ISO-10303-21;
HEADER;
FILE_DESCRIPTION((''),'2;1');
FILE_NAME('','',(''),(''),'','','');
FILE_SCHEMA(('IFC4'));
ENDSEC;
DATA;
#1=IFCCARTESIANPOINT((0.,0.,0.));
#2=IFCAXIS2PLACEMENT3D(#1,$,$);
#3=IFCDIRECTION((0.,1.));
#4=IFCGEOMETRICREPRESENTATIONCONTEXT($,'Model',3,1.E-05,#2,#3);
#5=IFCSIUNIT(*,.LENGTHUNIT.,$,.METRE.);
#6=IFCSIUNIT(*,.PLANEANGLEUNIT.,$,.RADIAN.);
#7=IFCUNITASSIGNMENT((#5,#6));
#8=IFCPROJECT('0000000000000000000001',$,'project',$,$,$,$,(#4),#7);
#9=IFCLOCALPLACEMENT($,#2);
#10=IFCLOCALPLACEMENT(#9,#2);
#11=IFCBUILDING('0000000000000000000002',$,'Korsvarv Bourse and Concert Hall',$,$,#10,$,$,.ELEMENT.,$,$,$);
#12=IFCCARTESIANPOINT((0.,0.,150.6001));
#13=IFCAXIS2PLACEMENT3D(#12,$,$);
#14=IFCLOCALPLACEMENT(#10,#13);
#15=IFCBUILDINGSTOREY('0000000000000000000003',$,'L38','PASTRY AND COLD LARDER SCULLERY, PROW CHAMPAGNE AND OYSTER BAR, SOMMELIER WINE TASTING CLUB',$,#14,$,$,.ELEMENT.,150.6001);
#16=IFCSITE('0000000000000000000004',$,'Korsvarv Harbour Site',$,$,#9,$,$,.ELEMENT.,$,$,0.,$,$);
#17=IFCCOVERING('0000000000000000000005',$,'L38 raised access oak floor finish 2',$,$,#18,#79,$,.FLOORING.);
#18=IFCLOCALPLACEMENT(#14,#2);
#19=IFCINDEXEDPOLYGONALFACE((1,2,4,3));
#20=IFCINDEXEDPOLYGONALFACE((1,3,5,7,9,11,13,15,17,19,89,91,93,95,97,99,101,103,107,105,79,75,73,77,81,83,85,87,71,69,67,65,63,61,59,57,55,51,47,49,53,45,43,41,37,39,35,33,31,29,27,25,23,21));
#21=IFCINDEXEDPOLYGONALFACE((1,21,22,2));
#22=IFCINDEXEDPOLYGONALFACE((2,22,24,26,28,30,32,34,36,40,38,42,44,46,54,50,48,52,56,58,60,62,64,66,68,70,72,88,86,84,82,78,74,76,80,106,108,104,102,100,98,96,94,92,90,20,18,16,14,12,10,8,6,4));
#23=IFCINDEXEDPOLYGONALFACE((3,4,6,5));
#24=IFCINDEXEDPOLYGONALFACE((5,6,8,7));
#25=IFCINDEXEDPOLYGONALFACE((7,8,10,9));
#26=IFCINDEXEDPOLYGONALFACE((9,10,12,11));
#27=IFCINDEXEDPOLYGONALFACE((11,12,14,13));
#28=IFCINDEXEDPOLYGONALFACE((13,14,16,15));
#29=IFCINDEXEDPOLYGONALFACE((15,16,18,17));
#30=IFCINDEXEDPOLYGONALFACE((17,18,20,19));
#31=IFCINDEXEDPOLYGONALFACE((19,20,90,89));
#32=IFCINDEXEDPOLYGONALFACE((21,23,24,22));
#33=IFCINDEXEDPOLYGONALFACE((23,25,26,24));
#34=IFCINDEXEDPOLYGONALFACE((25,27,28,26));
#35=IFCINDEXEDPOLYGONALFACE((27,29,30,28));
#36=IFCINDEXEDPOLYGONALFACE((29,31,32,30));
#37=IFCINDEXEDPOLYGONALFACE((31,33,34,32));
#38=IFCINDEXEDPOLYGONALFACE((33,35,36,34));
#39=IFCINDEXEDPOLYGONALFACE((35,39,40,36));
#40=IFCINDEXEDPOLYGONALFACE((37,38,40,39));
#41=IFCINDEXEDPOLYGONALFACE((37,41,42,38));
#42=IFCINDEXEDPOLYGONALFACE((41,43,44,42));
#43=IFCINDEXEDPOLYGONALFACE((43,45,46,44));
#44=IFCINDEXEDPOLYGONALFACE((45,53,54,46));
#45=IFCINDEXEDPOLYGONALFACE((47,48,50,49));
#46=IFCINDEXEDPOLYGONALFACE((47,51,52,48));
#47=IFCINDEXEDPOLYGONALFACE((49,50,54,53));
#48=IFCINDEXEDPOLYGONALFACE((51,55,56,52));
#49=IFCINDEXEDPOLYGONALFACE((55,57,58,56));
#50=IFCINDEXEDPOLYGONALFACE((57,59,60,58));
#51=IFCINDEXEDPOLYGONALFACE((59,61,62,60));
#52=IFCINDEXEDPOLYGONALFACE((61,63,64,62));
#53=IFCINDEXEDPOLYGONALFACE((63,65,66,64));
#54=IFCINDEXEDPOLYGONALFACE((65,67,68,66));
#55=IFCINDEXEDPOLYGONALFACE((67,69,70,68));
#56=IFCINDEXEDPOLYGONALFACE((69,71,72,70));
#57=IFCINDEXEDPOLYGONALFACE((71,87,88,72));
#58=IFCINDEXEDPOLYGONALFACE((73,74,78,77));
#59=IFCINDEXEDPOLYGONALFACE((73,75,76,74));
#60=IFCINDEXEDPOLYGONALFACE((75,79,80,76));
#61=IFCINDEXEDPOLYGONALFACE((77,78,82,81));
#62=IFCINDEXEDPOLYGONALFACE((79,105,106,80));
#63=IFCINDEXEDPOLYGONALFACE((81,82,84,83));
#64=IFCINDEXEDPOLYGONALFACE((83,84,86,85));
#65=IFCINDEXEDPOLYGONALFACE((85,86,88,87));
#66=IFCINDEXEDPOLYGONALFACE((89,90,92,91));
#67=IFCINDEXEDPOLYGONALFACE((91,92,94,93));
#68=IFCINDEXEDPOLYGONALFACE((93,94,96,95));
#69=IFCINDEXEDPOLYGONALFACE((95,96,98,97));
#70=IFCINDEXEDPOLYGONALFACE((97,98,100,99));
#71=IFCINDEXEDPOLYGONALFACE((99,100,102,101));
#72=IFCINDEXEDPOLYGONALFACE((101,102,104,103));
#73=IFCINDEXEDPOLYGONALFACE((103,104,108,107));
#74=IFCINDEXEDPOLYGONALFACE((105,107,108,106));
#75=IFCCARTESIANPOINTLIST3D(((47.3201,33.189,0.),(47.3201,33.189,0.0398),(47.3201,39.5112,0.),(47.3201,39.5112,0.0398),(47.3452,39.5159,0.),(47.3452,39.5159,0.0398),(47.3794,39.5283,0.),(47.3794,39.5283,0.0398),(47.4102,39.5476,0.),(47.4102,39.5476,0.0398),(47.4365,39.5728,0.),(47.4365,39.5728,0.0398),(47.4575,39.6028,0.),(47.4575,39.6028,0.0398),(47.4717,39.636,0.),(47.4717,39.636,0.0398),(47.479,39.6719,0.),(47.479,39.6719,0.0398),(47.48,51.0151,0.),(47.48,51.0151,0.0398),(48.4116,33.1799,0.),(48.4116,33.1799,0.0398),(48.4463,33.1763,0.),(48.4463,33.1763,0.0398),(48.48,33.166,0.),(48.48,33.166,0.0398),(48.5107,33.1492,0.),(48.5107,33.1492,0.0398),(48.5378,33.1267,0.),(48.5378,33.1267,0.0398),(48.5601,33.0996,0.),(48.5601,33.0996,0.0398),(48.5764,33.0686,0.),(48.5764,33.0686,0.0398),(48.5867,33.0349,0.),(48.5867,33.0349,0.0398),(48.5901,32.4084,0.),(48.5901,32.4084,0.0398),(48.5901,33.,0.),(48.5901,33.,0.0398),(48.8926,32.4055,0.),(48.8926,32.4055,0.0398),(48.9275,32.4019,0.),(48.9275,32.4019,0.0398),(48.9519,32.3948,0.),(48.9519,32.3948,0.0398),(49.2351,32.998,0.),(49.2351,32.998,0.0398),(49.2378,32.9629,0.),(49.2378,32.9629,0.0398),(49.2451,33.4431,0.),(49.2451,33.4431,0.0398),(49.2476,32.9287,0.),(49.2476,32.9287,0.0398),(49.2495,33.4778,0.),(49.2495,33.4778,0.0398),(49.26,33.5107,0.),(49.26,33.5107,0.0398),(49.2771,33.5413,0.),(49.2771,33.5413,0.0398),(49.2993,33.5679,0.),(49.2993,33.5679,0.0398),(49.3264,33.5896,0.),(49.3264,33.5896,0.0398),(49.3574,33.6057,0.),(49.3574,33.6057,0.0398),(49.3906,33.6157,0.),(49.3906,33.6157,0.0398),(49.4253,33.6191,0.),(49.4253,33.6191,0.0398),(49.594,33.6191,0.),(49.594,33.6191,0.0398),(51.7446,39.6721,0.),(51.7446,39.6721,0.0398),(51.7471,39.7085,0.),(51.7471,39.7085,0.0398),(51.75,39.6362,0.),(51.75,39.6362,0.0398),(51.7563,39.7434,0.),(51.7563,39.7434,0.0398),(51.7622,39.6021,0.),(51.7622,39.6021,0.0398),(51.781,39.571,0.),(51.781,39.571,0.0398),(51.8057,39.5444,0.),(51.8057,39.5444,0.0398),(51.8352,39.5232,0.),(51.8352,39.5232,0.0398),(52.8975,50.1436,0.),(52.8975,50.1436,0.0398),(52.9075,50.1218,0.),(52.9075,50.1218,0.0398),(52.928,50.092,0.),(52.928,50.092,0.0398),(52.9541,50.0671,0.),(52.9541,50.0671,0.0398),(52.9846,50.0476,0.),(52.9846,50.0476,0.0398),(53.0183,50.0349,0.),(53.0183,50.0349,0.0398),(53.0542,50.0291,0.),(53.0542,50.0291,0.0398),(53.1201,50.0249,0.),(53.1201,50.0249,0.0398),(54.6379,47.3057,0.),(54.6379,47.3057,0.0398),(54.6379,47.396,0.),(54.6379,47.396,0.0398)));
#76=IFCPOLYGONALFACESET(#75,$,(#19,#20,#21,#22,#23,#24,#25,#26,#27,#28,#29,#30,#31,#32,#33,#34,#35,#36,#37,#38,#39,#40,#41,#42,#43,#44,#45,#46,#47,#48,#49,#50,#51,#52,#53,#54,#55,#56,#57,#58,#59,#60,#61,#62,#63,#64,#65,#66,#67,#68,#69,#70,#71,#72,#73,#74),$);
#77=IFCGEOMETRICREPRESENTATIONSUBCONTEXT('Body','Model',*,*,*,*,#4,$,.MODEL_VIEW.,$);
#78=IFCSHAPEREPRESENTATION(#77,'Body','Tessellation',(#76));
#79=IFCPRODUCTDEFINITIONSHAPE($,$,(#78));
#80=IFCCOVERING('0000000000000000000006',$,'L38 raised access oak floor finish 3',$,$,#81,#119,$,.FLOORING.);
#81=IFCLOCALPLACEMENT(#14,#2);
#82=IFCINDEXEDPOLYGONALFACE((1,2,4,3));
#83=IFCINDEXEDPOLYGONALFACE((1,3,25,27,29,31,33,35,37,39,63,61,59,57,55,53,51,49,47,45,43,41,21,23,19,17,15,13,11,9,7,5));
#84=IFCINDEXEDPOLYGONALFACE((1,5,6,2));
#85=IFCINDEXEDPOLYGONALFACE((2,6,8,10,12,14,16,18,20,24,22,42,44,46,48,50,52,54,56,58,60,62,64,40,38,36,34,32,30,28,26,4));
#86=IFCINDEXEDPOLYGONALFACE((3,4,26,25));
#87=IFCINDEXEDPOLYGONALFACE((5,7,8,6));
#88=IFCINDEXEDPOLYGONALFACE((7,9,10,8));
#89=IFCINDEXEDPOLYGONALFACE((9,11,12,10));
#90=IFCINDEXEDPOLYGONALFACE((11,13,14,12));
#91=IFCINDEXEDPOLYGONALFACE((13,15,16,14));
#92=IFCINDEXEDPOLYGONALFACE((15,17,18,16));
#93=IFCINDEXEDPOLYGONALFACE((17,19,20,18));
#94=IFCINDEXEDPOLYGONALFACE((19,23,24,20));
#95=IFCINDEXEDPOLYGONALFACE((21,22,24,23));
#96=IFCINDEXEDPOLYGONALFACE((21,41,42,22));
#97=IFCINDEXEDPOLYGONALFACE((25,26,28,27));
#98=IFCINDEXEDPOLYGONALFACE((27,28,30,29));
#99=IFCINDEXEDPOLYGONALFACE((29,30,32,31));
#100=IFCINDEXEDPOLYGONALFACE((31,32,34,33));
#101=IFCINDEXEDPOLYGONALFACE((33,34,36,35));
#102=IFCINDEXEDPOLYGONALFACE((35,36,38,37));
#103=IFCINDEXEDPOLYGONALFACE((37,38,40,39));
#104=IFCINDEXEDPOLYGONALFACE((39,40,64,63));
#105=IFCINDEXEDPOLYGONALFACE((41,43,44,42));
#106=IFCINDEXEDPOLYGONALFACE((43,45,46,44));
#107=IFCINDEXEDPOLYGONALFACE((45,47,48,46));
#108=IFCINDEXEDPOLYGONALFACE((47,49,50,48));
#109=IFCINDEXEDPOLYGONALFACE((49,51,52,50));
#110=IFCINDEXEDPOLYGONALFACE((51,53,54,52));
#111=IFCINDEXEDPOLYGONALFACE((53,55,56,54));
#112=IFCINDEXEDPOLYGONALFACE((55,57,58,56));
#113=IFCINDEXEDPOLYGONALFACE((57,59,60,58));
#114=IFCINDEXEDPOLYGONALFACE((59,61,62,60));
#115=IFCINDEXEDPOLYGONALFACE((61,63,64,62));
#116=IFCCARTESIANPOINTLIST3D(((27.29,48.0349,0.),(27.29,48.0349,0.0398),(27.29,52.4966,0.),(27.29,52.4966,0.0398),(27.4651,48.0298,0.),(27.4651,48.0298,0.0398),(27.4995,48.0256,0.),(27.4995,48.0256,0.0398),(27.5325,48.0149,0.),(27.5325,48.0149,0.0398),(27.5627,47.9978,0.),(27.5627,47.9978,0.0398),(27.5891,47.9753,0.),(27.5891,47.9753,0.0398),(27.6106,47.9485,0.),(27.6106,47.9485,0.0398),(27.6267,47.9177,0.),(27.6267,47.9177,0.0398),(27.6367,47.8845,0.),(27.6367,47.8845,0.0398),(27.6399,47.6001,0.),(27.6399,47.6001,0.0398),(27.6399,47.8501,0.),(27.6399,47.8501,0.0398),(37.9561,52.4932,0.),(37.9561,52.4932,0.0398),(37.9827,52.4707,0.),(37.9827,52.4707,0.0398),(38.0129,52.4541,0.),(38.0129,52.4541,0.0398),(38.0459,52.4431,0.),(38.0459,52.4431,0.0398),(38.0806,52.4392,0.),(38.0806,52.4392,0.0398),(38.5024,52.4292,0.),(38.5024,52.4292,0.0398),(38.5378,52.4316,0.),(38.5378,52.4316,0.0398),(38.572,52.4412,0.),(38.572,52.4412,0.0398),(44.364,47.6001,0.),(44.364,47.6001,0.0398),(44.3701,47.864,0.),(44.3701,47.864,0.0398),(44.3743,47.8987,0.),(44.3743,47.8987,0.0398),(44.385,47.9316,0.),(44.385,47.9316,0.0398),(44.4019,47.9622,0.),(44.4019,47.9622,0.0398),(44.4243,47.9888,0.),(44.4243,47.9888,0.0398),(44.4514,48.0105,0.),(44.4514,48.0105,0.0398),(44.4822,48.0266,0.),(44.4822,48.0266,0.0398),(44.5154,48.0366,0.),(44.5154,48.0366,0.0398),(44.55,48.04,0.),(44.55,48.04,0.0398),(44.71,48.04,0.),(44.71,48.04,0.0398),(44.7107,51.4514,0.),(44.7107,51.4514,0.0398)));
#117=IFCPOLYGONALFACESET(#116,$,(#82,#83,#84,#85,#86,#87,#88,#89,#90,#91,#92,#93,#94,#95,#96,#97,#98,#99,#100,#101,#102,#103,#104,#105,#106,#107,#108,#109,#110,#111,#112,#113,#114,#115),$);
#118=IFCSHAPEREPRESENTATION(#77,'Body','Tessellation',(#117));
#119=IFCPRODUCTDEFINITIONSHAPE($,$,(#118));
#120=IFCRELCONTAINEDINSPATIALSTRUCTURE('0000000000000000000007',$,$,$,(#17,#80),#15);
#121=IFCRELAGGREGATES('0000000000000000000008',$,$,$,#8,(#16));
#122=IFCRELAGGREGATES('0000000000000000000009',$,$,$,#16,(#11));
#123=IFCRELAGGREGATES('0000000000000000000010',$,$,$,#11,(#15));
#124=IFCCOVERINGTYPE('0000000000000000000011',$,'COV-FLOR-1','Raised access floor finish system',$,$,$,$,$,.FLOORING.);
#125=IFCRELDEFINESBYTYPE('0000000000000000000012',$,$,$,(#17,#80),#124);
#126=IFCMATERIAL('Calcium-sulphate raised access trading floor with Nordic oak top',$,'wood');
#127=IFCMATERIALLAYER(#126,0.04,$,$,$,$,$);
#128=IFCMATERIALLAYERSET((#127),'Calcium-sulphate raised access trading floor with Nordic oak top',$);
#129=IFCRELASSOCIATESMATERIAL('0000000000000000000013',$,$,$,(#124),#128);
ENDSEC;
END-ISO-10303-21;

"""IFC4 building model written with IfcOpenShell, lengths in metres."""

from ifc_helpers import new_model, si_unit, direction, frame, origin, place, context, subcontext, project, spatial, polyline, outline, extrude, material, layer, layer_set, type_object, element, save


model = new_model("IFC4")

# Units and contexts
model_context = context("Model", 3, precision=1e-05, world=origin(), true_north=direction((0.0, 1.0)))
body_context = subcontext(model_context, "Body", "Model", "MODEL_VIEW")
ifc_project = project(units=[si_unit("LENGTHUNIT", "METRE"), si_unit("PLANEANGLEUNIT", "RADIAN")], contexts=[model_context])

# Site, building, storey
site_placement = place(None, origin())
site = spatial("IfcSite", under=ifc_project, at=site_placement, Name="Korsvarv Harbour Site", CompositionType="ELEMENT", RefElevation=0.0)
building_placement = place(site_placement, origin())
building = spatial("IfcBuilding", under=site, at=building_placement, Name="Korsvarv Bourse and Concert Hall", CompositionType="ELEMENT")
storey_placement = place(building_placement, frame((0.0, 0.0, 150.6001)))
storey = spatial("IfcBuildingStorey", under=building, at=storey_placement, Name="L38", Description="PASTRY AND COLD LARDER SCULLERY, PROW CHAMPAGNE AND OYSTER BAR, SOMMELIER WINE TASTING CLUB", CompositionType="ELEMENT", Elevation=150.6001)

# Coverings
ifc_material_1 = material(Name="Calcium-sulphate raised access trading floor with Nordic oak top", Category="wood")
ifc_layer_1 = layer(ifc_material_1, 0.04)
ifc_layer_set_1 = layer_set([ifc_layer_1], Name="Calcium-sulphate raised access trading floor with Nordic oak top")
covering_type_1 = type_object("IfcCoveringType", Name="COV-FLOR-1", Description="Raised access floor finish system", PredefinedType="FLOORING", material=ifc_layer_set_1)
covering_1_placement = place(storey_placement, origin())
element("IfcCovering", 1, at=covering_1_placement, inside=storey, type_object=covering_type_1, Name="L38 raised access oak floor finish 2", PredefinedType="FLOORING", context=body_context, shape_type="SweptSolid", body=[
    extrude(outline(polyline([(47.3201, 39.5112), (47.3452, 39.5159), (47.3794, 39.5283), (47.4102, 39.5476), (47.4365, 39.5728), (47.4575, 39.6028), (47.4717, 39.636), (47.479, 39.6719), (47.48, 51.0151), (52.8975, 50.1436), (52.9075, 50.1218), (52.928, 50.092), (52.9541, 50.0671), (52.9846, 50.0476), (53.0183, 50.0349), (53.0542, 50.0291), (53.1201, 50.0249), (54.6379, 47.396), (54.6379, 47.3057), (51.7563, 39.7434), (51.7471, 39.7085), (51.7446, 39.6721), (51.75, 39.6362), (51.7622, 39.6021), (51.781, 39.571), (51.8057, 39.5444), (51.8352, 39.5232), (49.594, 33.6191), (49.4253, 33.6191), (49.3906, 33.6157), (49.3574, 33.6057), (49.3264, 33.5896), (49.2993, 33.5679), (49.2771, 33.5413), (49.26, 33.5107), (49.2495, 33.4778), (49.2451, 33.4431), (49.2351, 32.998), (49.2378, 32.9629), (49.2476, 32.9287), (48.9519, 32.3948), (48.9275, 32.4019), (48.8926, 32.4055), (48.5901, 32.4084), (48.5901, 33.0), (48.5867, 33.0349), (48.5764, 33.0686), (48.5601, 33.0996), (48.5378, 33.1267), (48.5107, 33.1492), (48.48, 33.166), (48.4463, 33.1763), (48.4116, 33.1799), (47.3201, 33.189), (47.3201, 39.5112)])), origin(), (0.0, 0.0, 1.0), 0.0398),
])
covering_2_placement = place(storey_placement, origin())
element("IfcCovering", 2, at=covering_2_placement, inside=storey, type_object=covering_type_1, Name="L38 raised access oak floor finish 3", PredefinedType="FLOORING", context=body_context, shape_type="SweptSolid", body=[
    extrude(outline(polyline([(37.9561, 52.4932), (37.9827, 52.4707), (38.0129, 52.4541), (38.0459, 52.4431), (38.0806, 52.4392), (38.5024, 52.4292), (38.5378, 52.4316), (38.572, 52.4412), (44.7107, 51.4514), (44.71, 48.04), (44.55, 48.04), (44.5154, 48.0366), (44.4822, 48.0266), (44.4514, 48.0105), (44.4243, 47.9888), (44.4019, 47.9622), (44.385, 47.9316), (44.3743, 47.8987), (44.3701, 47.864), (44.364, 47.6001), (27.6399, 47.6001), (27.6399, 47.8501), (27.6367, 47.8845), (27.6267, 47.9177), (27.6106, 47.9485), (27.5891, 47.9753), (27.5627, 47.9978), (27.5325, 48.0149), (27.4995, 48.0256), (27.4651, 48.0298), (27.29, 48.0349), (27.29, 52.4966), (37.9561, 52.4932)])), origin(), (0.0, 0.0, 1.0), 0.0398),
])

save(model, "model.ifc")
